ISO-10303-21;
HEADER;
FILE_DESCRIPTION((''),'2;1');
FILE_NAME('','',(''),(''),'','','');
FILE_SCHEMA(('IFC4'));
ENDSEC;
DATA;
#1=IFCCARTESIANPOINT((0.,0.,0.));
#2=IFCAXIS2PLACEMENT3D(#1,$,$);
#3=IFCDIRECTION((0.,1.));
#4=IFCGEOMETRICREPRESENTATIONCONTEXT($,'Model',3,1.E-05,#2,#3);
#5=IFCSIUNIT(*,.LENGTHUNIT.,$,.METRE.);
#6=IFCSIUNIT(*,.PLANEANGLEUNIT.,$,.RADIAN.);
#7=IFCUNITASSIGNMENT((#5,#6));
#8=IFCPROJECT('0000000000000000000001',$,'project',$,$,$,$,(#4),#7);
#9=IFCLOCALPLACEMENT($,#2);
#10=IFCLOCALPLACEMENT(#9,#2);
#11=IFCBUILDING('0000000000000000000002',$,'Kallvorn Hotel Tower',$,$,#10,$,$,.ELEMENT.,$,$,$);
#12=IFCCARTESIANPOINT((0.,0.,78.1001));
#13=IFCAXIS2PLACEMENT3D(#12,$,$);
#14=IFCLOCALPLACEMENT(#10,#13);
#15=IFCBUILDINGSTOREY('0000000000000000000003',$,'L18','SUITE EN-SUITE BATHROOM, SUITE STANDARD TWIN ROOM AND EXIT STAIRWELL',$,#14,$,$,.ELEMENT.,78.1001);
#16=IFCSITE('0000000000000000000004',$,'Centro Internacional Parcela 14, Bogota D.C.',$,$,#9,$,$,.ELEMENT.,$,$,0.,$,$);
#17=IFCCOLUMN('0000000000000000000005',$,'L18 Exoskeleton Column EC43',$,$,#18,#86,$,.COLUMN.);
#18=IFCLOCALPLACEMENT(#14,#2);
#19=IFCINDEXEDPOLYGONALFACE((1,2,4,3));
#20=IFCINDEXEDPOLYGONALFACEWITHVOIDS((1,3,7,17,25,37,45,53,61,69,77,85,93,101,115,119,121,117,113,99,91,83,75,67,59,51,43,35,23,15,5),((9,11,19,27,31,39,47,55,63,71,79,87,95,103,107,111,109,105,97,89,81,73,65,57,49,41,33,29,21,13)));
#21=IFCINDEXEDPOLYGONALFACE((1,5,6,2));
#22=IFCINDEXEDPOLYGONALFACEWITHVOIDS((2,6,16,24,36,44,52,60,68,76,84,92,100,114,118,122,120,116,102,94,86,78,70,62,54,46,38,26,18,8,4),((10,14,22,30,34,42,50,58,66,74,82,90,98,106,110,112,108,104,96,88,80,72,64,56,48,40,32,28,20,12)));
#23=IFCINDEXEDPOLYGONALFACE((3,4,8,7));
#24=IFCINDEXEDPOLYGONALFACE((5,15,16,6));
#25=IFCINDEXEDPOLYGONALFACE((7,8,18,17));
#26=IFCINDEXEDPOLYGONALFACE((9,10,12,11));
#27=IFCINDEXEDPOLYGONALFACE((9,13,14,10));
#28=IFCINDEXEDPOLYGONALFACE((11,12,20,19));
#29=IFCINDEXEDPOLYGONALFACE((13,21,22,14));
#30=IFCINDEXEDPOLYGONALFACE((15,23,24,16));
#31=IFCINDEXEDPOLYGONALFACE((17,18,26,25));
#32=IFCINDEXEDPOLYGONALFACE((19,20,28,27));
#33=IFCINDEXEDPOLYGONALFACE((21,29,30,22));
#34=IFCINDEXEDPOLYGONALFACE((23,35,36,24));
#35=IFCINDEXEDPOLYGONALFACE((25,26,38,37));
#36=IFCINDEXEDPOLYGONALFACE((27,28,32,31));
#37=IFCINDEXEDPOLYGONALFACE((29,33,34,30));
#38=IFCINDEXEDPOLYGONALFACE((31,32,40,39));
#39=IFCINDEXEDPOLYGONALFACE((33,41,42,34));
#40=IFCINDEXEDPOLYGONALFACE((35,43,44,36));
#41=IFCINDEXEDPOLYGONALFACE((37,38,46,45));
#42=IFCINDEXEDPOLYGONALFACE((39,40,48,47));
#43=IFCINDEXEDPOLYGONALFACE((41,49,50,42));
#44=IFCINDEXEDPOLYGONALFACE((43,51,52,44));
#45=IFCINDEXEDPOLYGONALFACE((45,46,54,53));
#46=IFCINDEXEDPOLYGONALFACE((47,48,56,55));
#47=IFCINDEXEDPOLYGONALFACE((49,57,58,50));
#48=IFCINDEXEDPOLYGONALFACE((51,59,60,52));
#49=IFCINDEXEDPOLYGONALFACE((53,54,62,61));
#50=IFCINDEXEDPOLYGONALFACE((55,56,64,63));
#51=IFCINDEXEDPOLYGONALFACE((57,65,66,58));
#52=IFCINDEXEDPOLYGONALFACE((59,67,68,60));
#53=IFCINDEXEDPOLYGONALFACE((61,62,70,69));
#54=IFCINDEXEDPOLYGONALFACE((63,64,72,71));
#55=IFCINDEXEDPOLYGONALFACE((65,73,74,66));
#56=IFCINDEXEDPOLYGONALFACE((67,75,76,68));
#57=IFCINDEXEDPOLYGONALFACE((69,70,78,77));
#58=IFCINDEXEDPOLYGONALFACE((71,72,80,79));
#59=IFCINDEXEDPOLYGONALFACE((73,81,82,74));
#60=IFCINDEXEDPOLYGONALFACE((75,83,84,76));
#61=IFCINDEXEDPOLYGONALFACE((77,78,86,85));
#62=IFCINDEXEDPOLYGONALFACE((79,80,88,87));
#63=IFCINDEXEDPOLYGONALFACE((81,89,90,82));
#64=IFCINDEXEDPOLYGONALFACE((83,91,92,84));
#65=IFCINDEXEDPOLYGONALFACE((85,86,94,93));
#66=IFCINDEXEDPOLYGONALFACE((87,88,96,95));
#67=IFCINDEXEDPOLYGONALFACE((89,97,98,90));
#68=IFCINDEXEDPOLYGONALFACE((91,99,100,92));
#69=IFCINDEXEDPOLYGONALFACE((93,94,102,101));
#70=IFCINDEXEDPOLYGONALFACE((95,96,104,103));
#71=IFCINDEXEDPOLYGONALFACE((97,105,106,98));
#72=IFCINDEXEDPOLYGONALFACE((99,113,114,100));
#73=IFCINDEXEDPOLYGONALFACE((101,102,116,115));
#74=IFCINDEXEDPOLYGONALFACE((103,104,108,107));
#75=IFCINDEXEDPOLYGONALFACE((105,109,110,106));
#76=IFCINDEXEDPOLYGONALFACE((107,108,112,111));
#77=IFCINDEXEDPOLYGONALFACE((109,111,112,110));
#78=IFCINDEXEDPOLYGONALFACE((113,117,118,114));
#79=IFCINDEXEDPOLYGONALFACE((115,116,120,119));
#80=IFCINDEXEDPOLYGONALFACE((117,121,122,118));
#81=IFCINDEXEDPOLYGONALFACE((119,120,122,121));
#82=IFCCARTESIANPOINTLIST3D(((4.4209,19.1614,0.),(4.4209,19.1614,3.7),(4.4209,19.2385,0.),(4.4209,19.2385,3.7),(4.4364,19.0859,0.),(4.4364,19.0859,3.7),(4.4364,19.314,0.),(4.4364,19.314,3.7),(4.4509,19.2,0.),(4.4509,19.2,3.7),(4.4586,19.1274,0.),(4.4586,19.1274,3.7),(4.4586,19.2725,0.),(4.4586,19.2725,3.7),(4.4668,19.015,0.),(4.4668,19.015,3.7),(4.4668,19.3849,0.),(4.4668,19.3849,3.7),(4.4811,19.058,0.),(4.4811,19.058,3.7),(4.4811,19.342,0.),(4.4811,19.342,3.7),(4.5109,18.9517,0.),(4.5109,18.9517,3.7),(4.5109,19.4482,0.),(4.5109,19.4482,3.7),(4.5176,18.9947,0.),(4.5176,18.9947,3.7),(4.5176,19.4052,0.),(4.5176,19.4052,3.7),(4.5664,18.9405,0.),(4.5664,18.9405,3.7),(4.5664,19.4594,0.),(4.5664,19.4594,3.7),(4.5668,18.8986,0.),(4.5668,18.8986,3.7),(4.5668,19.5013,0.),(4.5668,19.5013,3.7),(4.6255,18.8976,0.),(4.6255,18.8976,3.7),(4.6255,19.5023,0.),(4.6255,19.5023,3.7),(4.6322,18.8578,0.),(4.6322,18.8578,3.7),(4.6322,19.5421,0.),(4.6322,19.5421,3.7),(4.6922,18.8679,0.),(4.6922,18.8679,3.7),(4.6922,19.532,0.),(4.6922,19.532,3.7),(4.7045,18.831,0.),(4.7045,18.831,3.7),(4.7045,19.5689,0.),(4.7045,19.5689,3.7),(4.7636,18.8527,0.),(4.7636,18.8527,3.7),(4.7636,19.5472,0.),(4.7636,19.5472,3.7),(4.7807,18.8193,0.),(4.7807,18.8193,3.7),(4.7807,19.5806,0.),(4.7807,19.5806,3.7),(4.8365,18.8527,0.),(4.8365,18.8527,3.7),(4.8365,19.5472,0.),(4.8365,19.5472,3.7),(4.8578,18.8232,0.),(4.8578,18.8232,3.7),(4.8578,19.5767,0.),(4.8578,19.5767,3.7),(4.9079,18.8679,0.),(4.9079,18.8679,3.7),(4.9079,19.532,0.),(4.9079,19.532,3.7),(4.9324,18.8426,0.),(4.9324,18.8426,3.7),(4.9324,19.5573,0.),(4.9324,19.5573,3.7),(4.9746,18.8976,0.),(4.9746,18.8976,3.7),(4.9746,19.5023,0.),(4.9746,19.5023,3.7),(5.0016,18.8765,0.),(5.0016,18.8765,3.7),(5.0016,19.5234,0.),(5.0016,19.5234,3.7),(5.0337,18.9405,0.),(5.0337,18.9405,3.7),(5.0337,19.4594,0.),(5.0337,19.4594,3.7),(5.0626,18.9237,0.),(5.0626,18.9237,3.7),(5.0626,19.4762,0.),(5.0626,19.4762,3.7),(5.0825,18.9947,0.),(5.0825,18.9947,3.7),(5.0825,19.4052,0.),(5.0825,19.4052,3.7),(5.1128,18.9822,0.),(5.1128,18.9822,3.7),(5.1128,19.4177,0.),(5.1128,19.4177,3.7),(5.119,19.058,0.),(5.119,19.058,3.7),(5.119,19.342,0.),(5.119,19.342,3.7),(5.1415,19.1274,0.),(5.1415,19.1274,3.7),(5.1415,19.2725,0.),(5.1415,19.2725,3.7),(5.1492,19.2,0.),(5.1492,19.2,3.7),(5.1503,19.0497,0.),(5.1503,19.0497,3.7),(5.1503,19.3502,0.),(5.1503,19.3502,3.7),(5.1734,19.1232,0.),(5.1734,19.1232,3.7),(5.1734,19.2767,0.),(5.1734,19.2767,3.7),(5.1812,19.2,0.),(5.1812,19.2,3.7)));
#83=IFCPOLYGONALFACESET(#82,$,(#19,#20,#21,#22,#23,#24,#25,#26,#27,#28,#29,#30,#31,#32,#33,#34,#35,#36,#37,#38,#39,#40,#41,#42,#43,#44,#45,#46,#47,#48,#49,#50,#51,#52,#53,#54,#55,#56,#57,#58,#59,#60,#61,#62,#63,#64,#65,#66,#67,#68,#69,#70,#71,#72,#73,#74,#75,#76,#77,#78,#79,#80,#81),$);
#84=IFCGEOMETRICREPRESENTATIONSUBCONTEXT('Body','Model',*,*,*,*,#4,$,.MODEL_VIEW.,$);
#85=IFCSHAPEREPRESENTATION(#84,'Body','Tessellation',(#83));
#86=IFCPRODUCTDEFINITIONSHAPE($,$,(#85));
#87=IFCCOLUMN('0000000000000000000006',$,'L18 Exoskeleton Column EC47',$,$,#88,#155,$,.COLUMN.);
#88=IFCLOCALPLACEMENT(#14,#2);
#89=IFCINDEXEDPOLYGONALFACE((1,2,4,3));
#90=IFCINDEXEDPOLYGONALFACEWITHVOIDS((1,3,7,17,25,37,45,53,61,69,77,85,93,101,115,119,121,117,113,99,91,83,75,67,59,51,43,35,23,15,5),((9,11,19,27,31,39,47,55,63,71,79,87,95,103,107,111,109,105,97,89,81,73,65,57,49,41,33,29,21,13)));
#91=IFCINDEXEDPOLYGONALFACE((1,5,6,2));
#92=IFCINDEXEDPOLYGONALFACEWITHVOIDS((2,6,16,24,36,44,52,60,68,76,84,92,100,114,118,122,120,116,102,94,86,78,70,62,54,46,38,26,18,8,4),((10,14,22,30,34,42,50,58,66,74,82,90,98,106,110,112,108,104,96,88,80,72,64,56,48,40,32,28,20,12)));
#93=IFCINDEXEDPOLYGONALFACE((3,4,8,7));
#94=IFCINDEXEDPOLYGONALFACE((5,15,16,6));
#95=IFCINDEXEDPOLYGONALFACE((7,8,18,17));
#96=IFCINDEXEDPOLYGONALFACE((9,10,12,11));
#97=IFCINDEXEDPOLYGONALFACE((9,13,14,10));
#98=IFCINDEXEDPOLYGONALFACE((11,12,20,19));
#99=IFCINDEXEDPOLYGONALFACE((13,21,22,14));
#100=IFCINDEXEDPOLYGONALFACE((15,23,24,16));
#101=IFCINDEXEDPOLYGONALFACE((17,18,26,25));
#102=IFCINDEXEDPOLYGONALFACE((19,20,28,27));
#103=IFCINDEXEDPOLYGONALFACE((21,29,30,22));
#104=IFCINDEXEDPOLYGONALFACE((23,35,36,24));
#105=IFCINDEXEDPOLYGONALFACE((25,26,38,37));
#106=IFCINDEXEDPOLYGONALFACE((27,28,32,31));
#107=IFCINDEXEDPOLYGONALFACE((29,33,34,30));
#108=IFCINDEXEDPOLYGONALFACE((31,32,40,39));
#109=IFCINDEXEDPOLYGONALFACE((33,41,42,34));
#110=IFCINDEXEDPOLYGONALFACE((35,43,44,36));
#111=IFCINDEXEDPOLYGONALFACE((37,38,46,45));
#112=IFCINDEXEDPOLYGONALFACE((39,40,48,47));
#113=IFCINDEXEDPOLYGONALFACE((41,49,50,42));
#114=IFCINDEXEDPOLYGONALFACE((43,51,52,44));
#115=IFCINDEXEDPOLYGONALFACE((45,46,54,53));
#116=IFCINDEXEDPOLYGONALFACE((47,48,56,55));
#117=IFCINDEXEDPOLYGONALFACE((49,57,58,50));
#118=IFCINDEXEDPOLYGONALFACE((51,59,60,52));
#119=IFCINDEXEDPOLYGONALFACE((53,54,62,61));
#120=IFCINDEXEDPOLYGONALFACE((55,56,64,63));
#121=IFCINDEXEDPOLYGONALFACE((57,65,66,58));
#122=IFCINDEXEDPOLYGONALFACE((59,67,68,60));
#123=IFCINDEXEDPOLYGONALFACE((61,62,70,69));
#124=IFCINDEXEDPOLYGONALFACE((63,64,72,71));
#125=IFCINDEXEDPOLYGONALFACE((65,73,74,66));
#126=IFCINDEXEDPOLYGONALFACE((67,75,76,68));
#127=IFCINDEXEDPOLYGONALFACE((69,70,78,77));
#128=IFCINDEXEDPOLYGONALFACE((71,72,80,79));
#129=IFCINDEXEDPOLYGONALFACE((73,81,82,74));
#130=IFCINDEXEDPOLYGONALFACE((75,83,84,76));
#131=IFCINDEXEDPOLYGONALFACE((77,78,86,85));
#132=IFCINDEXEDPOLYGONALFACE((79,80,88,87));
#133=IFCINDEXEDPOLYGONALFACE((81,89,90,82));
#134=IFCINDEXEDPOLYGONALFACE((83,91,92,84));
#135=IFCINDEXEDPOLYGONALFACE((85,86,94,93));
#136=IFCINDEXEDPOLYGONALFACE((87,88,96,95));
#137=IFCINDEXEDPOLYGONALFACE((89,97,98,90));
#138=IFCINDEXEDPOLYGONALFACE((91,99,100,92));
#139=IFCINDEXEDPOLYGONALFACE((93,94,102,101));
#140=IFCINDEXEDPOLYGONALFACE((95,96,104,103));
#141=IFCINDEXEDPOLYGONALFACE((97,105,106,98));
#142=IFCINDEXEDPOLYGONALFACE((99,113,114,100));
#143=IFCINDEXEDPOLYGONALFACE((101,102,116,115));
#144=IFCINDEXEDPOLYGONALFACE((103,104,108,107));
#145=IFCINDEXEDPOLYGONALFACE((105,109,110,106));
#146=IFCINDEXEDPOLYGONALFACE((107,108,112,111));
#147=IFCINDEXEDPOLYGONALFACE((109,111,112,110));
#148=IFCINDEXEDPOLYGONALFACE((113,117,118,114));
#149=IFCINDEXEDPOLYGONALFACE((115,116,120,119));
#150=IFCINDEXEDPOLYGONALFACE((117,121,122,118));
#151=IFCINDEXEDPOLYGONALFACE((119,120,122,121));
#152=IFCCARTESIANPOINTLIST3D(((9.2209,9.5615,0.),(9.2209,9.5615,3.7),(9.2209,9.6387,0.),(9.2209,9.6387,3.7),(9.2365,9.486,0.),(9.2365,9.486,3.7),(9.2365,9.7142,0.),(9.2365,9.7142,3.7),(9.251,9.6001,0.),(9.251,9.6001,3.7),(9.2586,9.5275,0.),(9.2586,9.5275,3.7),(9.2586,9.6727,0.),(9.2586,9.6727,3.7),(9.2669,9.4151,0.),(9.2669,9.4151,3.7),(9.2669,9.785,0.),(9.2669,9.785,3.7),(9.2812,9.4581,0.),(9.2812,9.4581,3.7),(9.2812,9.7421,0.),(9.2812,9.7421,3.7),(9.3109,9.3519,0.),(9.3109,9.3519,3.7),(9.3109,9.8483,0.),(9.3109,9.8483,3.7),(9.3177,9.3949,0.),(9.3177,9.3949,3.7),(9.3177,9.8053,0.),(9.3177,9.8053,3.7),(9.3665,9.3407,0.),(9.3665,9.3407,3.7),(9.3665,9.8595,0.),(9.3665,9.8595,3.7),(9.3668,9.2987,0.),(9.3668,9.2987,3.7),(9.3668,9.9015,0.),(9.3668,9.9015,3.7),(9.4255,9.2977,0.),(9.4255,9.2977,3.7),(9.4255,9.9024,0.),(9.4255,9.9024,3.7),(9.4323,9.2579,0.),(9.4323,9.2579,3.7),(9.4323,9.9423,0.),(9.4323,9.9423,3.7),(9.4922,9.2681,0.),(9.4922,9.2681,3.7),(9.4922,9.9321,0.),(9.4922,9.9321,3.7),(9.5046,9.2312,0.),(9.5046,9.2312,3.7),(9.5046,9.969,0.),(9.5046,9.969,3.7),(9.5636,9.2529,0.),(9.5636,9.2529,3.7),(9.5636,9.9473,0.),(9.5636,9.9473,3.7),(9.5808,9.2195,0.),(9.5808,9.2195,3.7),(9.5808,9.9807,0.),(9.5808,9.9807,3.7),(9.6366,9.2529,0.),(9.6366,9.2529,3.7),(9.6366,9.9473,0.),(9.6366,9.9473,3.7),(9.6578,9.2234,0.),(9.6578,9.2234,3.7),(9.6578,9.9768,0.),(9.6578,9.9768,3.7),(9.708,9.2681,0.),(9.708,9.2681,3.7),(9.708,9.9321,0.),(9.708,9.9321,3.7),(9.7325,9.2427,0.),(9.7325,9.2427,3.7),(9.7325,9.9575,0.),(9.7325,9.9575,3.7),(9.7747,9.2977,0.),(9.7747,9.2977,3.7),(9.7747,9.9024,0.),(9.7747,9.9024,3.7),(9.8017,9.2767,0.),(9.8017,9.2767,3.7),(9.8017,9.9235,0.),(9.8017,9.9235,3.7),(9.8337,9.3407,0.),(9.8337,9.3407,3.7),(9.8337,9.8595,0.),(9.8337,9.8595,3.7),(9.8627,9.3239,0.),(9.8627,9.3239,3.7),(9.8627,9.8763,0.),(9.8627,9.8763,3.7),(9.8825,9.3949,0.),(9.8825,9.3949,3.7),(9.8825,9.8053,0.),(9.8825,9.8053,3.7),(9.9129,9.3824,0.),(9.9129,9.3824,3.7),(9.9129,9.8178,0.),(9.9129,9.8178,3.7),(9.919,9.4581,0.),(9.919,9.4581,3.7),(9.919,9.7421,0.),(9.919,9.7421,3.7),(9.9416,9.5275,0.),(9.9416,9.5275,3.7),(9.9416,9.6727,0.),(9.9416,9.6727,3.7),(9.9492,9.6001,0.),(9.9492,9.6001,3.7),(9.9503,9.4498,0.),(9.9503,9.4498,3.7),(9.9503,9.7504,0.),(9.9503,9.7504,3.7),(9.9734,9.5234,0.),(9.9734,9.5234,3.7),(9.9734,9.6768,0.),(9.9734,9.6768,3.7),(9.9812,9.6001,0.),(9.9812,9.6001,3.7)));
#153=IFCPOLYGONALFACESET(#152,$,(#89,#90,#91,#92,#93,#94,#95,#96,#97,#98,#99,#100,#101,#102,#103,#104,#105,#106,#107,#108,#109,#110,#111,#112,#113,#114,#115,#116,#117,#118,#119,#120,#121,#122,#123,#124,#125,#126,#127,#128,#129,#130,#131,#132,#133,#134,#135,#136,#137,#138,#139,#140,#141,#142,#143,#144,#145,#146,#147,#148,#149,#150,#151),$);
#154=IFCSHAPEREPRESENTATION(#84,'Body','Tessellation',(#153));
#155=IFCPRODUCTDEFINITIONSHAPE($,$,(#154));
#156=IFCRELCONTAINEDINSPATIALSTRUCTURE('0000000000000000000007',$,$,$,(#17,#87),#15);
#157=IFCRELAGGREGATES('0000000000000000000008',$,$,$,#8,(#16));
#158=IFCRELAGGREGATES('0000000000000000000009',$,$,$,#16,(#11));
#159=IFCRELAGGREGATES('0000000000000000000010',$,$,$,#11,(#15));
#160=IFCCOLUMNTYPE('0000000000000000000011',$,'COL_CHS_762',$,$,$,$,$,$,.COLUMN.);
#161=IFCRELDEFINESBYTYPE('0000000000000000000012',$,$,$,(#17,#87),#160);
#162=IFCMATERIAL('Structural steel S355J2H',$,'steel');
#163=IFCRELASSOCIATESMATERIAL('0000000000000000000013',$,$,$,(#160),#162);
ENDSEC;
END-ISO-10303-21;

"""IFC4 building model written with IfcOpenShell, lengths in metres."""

from ifc_helpers import new_model, si_unit, direction, frame, origin, origin_2d, place, context, subcontext, project, spatial, hollow_circle, extrude, material, material_profile, profile_set, type_object, element, save


model = new_model("IFC4")

# Units and contexts
model_context = context("Model", 3, precision=1e-05, world=origin(), true_north=direction((0.0, 1.0)))
body_context = subcontext(model_context, "Body", "Model", "MODEL_VIEW")
ifc_project = project(units=[si_unit("LENGTHUNIT", "METRE"), si_unit("PLANEANGLEUNIT", "RADIAN")], contexts=[model_context])

# Site, building, storey
site_placement = place(None, origin())
site = spatial("IfcSite", under=ifc_project, at=site_placement, Name="Centro Internacional Parcela 14, Bogota D.C.", CompositionType="ELEMENT", RefElevation=0.0)
building_placement = place(site_placement, origin())
building = spatial("IfcBuilding", under=site, at=building_placement, Name="Kallvorn Hotel Tower", CompositionType="ELEMENT")
storey_placement = place(building_placement, frame((0.0, 0.0, 78.1001)))
storey = spatial("IfcBuildingStorey", under=building, at=storey_placement, Name="L18", Description="SUITE EN-SUITE BATHROOM, SUITE STANDARD TWIN ROOM AND EXIT STAIRWELL", CompositionType="ELEMENT", Elevation=78.1001)

# Columns
ifc_material_1 = material(Name="Structural steel S355J2H", Category="steel")
ifc_material_profile_1 = material_profile(ifc_material_1, hollow_circle(Radius=0.3811, WallThickness=0.032, at=origin_2d()), Name="CHS 762x32")
ifc_profile_set_1 = profile_set([ifc_material_profile_1], Name="Structural steel S355J2H")
column_type_1 = type_object("IfcColumnType", Name="COL_CHS_762", PredefinedType="COLUMN", material=ifc_profile_set_1)
for number, where, z_axis, x_axis, name in (
    (1, (4.8, 19.2, 0.0), (0.0, 0.0, 1.0), (1.0, 0.0, 0.0), "L18 Exoskeleton Column EC43"),
    (2, (9.6001, 9.6001, 0.0), (0.0, 0.0, 1.0), (1.0, 0.0, 0.0), "L18 Exoskeleton Column EC47"),
):
    element("IfcColumn", number, at=place(storey_placement, frame(where, z_axis=z_axis, x_axis=x_axis)), inside=storey, type_object=column_type_1, Name=name, PredefinedType="COLUMN", context=body_context, shape_type="SweptSolid", body=[
        extrude(hollow_circle(Radius=0.3811, WallThickness=0.032, at=origin_2d()), origin(), (0.0, 0.0, 1.0), 3.7),
    ])

save(model, "model.ifc")
